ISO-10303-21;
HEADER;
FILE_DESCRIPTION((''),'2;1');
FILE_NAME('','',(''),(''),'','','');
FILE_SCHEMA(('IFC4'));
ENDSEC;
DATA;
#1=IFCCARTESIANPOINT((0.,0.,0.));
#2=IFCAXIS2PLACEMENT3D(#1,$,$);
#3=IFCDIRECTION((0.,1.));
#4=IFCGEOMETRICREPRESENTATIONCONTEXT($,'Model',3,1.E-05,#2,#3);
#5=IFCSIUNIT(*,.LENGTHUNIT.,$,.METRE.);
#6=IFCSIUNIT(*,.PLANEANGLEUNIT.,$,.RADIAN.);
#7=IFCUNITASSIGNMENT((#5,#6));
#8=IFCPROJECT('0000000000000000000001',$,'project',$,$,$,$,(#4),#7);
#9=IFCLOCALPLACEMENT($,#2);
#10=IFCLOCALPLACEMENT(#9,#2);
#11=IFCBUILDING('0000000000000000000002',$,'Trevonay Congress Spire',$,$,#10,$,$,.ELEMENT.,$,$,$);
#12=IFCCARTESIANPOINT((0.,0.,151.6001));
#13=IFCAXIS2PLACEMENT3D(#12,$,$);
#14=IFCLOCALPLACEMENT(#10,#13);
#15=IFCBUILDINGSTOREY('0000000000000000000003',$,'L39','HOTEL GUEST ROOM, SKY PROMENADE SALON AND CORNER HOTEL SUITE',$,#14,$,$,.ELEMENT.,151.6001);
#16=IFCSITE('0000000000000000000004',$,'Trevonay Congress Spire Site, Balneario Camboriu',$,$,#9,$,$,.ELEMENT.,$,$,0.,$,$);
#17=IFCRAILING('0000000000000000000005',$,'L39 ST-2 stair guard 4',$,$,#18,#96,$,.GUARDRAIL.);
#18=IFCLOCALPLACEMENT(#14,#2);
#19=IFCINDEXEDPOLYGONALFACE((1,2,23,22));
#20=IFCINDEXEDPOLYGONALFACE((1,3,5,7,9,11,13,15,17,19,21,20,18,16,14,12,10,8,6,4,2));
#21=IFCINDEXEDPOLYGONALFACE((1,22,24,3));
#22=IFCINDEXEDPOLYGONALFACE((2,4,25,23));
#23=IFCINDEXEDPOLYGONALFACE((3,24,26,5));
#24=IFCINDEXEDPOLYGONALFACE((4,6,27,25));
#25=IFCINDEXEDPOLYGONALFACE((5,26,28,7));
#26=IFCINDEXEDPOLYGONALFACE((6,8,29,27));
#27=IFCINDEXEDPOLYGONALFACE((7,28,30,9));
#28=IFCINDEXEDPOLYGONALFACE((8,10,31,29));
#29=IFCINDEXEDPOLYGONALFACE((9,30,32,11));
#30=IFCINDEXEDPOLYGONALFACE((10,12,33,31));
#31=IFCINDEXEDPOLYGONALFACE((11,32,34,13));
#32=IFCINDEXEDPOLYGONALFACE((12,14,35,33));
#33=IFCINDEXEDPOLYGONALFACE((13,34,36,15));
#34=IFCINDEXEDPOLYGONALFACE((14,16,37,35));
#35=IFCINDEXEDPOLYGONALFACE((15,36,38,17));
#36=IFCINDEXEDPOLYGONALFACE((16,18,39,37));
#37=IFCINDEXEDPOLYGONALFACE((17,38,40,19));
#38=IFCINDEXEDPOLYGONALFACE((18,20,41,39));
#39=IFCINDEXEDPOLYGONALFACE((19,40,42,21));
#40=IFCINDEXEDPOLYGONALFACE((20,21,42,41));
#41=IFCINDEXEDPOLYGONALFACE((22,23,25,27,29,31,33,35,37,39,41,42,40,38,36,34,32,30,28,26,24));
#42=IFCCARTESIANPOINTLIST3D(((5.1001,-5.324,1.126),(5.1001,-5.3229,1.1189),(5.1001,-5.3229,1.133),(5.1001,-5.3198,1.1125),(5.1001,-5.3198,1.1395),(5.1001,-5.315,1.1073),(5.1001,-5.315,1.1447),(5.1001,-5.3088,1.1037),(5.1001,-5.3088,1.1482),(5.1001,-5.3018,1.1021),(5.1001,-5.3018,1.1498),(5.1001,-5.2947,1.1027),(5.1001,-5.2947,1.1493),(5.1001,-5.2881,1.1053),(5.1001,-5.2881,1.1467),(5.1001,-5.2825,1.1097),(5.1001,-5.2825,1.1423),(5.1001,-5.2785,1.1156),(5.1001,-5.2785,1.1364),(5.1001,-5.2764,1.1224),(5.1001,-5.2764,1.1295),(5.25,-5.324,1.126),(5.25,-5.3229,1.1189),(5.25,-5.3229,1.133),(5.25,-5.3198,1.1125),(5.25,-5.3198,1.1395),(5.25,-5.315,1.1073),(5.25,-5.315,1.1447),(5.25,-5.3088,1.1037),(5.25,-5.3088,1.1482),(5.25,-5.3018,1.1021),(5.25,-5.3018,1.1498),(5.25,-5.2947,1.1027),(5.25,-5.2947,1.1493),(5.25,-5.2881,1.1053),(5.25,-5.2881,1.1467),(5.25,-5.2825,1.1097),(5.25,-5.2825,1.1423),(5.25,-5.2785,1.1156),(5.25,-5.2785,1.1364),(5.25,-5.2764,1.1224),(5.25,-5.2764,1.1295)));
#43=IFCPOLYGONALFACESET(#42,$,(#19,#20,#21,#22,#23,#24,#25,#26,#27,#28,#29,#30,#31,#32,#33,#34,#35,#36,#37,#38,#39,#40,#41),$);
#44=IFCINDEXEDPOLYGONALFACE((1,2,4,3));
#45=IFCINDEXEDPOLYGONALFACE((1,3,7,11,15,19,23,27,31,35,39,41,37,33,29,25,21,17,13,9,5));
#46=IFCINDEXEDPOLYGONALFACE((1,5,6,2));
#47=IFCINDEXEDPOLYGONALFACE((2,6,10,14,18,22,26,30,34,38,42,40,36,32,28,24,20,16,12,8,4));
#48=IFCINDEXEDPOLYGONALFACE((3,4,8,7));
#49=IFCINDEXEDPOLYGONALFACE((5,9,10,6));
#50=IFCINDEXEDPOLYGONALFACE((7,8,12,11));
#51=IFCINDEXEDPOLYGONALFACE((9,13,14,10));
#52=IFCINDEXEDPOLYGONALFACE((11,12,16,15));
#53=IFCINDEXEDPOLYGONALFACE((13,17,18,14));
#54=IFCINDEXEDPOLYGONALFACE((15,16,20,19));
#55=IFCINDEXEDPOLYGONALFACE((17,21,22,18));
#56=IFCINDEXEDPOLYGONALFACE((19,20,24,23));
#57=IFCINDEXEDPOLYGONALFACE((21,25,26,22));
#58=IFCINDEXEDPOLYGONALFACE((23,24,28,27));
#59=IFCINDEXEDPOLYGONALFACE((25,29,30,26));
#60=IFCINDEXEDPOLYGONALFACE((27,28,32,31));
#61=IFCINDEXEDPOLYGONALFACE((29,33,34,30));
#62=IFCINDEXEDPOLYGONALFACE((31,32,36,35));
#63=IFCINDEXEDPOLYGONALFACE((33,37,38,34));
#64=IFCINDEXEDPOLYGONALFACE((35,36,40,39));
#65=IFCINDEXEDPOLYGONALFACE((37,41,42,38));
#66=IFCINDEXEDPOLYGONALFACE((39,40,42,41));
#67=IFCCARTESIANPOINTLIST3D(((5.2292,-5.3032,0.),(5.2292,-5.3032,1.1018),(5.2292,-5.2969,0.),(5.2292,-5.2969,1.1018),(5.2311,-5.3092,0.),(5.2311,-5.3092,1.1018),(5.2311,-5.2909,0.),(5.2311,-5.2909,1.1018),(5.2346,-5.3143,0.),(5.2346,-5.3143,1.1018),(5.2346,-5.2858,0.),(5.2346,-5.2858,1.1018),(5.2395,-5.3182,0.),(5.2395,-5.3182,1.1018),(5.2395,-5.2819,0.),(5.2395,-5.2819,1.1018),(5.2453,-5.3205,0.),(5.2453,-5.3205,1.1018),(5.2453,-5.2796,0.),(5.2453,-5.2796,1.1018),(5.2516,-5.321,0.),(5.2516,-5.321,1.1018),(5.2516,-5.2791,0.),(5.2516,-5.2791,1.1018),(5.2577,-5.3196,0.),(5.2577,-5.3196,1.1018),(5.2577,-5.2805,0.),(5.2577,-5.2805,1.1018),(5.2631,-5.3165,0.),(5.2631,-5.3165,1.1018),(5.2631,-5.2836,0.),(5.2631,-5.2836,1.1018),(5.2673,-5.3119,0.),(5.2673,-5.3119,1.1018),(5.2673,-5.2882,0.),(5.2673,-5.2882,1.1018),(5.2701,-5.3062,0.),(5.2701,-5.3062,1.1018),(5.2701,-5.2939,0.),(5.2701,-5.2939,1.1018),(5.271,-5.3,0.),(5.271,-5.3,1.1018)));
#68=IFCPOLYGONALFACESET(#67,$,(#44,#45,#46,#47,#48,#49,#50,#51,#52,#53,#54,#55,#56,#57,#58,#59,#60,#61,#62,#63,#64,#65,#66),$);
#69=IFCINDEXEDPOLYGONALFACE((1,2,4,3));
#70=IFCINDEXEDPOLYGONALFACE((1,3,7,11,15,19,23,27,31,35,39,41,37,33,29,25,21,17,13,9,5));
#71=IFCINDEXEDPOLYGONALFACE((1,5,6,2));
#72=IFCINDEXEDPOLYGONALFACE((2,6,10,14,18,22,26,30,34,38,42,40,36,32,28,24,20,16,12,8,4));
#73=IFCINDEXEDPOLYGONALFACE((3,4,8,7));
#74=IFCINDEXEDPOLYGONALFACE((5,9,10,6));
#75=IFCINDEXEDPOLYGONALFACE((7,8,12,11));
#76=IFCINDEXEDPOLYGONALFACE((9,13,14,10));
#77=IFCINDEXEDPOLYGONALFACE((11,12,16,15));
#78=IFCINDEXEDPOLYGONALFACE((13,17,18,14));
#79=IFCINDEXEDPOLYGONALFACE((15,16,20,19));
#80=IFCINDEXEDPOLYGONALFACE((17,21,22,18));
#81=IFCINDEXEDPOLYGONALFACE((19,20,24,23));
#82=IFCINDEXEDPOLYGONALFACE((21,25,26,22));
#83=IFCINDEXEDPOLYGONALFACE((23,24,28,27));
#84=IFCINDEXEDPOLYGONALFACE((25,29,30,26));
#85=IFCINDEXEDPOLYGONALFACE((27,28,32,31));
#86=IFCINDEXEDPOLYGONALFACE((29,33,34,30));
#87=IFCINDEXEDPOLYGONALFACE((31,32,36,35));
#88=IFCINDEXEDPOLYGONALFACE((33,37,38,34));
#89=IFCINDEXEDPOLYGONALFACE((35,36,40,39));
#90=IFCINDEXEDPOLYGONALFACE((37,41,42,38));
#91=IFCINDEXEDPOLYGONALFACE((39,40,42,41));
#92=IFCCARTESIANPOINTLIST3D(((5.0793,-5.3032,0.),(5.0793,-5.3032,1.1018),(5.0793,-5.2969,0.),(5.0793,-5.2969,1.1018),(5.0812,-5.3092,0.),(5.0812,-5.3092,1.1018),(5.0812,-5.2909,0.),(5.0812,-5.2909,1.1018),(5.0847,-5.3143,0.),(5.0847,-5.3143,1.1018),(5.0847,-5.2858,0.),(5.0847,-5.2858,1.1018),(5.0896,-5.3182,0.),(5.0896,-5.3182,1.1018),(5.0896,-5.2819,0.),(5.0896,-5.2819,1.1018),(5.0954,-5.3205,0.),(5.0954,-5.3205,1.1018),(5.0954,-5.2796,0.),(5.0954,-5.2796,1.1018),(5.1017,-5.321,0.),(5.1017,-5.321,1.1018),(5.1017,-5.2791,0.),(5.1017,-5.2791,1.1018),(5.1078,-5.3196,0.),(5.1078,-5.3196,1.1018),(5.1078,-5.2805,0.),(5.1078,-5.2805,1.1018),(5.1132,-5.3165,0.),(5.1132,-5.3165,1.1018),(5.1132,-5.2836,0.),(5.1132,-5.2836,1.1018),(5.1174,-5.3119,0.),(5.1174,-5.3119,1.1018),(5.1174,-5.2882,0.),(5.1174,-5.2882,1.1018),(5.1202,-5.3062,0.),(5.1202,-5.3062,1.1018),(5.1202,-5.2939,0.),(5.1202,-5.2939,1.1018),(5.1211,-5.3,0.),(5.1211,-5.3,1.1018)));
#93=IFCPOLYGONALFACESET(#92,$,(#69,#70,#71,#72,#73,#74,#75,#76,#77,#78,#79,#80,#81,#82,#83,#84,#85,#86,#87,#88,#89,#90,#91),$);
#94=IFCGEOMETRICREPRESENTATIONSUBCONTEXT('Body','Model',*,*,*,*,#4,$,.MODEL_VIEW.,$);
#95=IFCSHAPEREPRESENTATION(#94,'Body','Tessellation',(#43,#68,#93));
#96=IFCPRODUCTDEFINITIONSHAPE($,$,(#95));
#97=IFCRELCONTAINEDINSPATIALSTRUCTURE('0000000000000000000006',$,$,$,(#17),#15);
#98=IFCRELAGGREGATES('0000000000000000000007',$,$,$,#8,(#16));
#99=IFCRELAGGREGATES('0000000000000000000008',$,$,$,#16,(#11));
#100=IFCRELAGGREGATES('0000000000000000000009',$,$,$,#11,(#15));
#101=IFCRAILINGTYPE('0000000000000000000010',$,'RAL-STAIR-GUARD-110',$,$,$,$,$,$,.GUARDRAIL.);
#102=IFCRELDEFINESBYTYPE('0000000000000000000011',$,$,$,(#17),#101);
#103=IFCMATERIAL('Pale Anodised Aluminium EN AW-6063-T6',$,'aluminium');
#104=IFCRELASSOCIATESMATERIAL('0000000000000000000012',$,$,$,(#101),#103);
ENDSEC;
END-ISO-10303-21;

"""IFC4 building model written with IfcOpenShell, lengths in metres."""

from ifc_helpers import new_model, si_unit, direction, frame, origin, origin_2d, place, context, subcontext, project, spatial, circle, extrude, material, type_object, element, save


model = new_model("IFC4")

# Units and contexts
model_context = context("Model", 3, precision=1e-05, world=origin(), true_north=direction((0.0, 1.0)))
body_context = subcontext(model_context, "Body", "Model", "MODEL_VIEW")
ifc_project = project(units=[si_unit("LENGTHUNIT", "METRE"), si_unit("PLANEANGLEUNIT", "RADIAN")], contexts=[model_context])

# Site, building, storey
site_placement = place(None, origin())
site = spatial("IfcSite", under=ifc_project, at=site_placement, Name="Trevonay Congress Spire Site, Balneario Camboriu", CompositionType="ELEMENT", RefElevation=0.0)
building_placement = place(site_placement, origin())
building = spatial("IfcBuilding", under=site, at=building_placement, Name="Trevonay Congress Spire", CompositionType="ELEMENT")
storey_placement = place(building_placement, frame((0.0, 0.0, 151.6001)))
storey = spatial("IfcBuildingStorey", under=building, at=storey_placement, Name="L39", Description="HOTEL GUEST ROOM, SKY PROMENADE SALON AND CORNER HOTEL SUITE", CompositionType="ELEMENT", Elevation=151.6001)

# Railing
ifc_material_1 = material(Name="Pale Anodised Aluminium EN AW-6063-T6", Category="aluminium")
railing_type_1 = type_object("IfcRailingType", Name="RAL-STAIR-GUARD-110", PredefinedType="GUARDRAIL", material=ifc_material_1)
railing_1_placement = place(storey_placement, frame((5.25, -5.3, 0.0)))
element("IfcRailing", 1, at=railing_1_placement, inside=storey, type_object=railing_type_1, Name="L39 ST-2 stair guard 4", PredefinedType="GUARDRAIL", context=body_context, shape_type="SweptSolid", body=[
    extrude(circle(Radius=0.0239, at=origin_2d()), frame((0.0, 0.0, 1.126), z_axis=(-1.0, 0.0, 0.0), x_axis=(0.0, -1.0, 0.0)), (0.0, 0.0, 1.0), 0.1499),
    extrude(circle(Radius=0.021, at=origin_2d()), origin(), (0.0, 0.0, 1.0), 1.1018),
    extrude(circle(Radius=0.021, at=origin_2d()), frame((-0.1499, 0.0, 0.0)), (0.0, 0.0, 1.0), 1.1018),
])

save(model, "model.ifc")
